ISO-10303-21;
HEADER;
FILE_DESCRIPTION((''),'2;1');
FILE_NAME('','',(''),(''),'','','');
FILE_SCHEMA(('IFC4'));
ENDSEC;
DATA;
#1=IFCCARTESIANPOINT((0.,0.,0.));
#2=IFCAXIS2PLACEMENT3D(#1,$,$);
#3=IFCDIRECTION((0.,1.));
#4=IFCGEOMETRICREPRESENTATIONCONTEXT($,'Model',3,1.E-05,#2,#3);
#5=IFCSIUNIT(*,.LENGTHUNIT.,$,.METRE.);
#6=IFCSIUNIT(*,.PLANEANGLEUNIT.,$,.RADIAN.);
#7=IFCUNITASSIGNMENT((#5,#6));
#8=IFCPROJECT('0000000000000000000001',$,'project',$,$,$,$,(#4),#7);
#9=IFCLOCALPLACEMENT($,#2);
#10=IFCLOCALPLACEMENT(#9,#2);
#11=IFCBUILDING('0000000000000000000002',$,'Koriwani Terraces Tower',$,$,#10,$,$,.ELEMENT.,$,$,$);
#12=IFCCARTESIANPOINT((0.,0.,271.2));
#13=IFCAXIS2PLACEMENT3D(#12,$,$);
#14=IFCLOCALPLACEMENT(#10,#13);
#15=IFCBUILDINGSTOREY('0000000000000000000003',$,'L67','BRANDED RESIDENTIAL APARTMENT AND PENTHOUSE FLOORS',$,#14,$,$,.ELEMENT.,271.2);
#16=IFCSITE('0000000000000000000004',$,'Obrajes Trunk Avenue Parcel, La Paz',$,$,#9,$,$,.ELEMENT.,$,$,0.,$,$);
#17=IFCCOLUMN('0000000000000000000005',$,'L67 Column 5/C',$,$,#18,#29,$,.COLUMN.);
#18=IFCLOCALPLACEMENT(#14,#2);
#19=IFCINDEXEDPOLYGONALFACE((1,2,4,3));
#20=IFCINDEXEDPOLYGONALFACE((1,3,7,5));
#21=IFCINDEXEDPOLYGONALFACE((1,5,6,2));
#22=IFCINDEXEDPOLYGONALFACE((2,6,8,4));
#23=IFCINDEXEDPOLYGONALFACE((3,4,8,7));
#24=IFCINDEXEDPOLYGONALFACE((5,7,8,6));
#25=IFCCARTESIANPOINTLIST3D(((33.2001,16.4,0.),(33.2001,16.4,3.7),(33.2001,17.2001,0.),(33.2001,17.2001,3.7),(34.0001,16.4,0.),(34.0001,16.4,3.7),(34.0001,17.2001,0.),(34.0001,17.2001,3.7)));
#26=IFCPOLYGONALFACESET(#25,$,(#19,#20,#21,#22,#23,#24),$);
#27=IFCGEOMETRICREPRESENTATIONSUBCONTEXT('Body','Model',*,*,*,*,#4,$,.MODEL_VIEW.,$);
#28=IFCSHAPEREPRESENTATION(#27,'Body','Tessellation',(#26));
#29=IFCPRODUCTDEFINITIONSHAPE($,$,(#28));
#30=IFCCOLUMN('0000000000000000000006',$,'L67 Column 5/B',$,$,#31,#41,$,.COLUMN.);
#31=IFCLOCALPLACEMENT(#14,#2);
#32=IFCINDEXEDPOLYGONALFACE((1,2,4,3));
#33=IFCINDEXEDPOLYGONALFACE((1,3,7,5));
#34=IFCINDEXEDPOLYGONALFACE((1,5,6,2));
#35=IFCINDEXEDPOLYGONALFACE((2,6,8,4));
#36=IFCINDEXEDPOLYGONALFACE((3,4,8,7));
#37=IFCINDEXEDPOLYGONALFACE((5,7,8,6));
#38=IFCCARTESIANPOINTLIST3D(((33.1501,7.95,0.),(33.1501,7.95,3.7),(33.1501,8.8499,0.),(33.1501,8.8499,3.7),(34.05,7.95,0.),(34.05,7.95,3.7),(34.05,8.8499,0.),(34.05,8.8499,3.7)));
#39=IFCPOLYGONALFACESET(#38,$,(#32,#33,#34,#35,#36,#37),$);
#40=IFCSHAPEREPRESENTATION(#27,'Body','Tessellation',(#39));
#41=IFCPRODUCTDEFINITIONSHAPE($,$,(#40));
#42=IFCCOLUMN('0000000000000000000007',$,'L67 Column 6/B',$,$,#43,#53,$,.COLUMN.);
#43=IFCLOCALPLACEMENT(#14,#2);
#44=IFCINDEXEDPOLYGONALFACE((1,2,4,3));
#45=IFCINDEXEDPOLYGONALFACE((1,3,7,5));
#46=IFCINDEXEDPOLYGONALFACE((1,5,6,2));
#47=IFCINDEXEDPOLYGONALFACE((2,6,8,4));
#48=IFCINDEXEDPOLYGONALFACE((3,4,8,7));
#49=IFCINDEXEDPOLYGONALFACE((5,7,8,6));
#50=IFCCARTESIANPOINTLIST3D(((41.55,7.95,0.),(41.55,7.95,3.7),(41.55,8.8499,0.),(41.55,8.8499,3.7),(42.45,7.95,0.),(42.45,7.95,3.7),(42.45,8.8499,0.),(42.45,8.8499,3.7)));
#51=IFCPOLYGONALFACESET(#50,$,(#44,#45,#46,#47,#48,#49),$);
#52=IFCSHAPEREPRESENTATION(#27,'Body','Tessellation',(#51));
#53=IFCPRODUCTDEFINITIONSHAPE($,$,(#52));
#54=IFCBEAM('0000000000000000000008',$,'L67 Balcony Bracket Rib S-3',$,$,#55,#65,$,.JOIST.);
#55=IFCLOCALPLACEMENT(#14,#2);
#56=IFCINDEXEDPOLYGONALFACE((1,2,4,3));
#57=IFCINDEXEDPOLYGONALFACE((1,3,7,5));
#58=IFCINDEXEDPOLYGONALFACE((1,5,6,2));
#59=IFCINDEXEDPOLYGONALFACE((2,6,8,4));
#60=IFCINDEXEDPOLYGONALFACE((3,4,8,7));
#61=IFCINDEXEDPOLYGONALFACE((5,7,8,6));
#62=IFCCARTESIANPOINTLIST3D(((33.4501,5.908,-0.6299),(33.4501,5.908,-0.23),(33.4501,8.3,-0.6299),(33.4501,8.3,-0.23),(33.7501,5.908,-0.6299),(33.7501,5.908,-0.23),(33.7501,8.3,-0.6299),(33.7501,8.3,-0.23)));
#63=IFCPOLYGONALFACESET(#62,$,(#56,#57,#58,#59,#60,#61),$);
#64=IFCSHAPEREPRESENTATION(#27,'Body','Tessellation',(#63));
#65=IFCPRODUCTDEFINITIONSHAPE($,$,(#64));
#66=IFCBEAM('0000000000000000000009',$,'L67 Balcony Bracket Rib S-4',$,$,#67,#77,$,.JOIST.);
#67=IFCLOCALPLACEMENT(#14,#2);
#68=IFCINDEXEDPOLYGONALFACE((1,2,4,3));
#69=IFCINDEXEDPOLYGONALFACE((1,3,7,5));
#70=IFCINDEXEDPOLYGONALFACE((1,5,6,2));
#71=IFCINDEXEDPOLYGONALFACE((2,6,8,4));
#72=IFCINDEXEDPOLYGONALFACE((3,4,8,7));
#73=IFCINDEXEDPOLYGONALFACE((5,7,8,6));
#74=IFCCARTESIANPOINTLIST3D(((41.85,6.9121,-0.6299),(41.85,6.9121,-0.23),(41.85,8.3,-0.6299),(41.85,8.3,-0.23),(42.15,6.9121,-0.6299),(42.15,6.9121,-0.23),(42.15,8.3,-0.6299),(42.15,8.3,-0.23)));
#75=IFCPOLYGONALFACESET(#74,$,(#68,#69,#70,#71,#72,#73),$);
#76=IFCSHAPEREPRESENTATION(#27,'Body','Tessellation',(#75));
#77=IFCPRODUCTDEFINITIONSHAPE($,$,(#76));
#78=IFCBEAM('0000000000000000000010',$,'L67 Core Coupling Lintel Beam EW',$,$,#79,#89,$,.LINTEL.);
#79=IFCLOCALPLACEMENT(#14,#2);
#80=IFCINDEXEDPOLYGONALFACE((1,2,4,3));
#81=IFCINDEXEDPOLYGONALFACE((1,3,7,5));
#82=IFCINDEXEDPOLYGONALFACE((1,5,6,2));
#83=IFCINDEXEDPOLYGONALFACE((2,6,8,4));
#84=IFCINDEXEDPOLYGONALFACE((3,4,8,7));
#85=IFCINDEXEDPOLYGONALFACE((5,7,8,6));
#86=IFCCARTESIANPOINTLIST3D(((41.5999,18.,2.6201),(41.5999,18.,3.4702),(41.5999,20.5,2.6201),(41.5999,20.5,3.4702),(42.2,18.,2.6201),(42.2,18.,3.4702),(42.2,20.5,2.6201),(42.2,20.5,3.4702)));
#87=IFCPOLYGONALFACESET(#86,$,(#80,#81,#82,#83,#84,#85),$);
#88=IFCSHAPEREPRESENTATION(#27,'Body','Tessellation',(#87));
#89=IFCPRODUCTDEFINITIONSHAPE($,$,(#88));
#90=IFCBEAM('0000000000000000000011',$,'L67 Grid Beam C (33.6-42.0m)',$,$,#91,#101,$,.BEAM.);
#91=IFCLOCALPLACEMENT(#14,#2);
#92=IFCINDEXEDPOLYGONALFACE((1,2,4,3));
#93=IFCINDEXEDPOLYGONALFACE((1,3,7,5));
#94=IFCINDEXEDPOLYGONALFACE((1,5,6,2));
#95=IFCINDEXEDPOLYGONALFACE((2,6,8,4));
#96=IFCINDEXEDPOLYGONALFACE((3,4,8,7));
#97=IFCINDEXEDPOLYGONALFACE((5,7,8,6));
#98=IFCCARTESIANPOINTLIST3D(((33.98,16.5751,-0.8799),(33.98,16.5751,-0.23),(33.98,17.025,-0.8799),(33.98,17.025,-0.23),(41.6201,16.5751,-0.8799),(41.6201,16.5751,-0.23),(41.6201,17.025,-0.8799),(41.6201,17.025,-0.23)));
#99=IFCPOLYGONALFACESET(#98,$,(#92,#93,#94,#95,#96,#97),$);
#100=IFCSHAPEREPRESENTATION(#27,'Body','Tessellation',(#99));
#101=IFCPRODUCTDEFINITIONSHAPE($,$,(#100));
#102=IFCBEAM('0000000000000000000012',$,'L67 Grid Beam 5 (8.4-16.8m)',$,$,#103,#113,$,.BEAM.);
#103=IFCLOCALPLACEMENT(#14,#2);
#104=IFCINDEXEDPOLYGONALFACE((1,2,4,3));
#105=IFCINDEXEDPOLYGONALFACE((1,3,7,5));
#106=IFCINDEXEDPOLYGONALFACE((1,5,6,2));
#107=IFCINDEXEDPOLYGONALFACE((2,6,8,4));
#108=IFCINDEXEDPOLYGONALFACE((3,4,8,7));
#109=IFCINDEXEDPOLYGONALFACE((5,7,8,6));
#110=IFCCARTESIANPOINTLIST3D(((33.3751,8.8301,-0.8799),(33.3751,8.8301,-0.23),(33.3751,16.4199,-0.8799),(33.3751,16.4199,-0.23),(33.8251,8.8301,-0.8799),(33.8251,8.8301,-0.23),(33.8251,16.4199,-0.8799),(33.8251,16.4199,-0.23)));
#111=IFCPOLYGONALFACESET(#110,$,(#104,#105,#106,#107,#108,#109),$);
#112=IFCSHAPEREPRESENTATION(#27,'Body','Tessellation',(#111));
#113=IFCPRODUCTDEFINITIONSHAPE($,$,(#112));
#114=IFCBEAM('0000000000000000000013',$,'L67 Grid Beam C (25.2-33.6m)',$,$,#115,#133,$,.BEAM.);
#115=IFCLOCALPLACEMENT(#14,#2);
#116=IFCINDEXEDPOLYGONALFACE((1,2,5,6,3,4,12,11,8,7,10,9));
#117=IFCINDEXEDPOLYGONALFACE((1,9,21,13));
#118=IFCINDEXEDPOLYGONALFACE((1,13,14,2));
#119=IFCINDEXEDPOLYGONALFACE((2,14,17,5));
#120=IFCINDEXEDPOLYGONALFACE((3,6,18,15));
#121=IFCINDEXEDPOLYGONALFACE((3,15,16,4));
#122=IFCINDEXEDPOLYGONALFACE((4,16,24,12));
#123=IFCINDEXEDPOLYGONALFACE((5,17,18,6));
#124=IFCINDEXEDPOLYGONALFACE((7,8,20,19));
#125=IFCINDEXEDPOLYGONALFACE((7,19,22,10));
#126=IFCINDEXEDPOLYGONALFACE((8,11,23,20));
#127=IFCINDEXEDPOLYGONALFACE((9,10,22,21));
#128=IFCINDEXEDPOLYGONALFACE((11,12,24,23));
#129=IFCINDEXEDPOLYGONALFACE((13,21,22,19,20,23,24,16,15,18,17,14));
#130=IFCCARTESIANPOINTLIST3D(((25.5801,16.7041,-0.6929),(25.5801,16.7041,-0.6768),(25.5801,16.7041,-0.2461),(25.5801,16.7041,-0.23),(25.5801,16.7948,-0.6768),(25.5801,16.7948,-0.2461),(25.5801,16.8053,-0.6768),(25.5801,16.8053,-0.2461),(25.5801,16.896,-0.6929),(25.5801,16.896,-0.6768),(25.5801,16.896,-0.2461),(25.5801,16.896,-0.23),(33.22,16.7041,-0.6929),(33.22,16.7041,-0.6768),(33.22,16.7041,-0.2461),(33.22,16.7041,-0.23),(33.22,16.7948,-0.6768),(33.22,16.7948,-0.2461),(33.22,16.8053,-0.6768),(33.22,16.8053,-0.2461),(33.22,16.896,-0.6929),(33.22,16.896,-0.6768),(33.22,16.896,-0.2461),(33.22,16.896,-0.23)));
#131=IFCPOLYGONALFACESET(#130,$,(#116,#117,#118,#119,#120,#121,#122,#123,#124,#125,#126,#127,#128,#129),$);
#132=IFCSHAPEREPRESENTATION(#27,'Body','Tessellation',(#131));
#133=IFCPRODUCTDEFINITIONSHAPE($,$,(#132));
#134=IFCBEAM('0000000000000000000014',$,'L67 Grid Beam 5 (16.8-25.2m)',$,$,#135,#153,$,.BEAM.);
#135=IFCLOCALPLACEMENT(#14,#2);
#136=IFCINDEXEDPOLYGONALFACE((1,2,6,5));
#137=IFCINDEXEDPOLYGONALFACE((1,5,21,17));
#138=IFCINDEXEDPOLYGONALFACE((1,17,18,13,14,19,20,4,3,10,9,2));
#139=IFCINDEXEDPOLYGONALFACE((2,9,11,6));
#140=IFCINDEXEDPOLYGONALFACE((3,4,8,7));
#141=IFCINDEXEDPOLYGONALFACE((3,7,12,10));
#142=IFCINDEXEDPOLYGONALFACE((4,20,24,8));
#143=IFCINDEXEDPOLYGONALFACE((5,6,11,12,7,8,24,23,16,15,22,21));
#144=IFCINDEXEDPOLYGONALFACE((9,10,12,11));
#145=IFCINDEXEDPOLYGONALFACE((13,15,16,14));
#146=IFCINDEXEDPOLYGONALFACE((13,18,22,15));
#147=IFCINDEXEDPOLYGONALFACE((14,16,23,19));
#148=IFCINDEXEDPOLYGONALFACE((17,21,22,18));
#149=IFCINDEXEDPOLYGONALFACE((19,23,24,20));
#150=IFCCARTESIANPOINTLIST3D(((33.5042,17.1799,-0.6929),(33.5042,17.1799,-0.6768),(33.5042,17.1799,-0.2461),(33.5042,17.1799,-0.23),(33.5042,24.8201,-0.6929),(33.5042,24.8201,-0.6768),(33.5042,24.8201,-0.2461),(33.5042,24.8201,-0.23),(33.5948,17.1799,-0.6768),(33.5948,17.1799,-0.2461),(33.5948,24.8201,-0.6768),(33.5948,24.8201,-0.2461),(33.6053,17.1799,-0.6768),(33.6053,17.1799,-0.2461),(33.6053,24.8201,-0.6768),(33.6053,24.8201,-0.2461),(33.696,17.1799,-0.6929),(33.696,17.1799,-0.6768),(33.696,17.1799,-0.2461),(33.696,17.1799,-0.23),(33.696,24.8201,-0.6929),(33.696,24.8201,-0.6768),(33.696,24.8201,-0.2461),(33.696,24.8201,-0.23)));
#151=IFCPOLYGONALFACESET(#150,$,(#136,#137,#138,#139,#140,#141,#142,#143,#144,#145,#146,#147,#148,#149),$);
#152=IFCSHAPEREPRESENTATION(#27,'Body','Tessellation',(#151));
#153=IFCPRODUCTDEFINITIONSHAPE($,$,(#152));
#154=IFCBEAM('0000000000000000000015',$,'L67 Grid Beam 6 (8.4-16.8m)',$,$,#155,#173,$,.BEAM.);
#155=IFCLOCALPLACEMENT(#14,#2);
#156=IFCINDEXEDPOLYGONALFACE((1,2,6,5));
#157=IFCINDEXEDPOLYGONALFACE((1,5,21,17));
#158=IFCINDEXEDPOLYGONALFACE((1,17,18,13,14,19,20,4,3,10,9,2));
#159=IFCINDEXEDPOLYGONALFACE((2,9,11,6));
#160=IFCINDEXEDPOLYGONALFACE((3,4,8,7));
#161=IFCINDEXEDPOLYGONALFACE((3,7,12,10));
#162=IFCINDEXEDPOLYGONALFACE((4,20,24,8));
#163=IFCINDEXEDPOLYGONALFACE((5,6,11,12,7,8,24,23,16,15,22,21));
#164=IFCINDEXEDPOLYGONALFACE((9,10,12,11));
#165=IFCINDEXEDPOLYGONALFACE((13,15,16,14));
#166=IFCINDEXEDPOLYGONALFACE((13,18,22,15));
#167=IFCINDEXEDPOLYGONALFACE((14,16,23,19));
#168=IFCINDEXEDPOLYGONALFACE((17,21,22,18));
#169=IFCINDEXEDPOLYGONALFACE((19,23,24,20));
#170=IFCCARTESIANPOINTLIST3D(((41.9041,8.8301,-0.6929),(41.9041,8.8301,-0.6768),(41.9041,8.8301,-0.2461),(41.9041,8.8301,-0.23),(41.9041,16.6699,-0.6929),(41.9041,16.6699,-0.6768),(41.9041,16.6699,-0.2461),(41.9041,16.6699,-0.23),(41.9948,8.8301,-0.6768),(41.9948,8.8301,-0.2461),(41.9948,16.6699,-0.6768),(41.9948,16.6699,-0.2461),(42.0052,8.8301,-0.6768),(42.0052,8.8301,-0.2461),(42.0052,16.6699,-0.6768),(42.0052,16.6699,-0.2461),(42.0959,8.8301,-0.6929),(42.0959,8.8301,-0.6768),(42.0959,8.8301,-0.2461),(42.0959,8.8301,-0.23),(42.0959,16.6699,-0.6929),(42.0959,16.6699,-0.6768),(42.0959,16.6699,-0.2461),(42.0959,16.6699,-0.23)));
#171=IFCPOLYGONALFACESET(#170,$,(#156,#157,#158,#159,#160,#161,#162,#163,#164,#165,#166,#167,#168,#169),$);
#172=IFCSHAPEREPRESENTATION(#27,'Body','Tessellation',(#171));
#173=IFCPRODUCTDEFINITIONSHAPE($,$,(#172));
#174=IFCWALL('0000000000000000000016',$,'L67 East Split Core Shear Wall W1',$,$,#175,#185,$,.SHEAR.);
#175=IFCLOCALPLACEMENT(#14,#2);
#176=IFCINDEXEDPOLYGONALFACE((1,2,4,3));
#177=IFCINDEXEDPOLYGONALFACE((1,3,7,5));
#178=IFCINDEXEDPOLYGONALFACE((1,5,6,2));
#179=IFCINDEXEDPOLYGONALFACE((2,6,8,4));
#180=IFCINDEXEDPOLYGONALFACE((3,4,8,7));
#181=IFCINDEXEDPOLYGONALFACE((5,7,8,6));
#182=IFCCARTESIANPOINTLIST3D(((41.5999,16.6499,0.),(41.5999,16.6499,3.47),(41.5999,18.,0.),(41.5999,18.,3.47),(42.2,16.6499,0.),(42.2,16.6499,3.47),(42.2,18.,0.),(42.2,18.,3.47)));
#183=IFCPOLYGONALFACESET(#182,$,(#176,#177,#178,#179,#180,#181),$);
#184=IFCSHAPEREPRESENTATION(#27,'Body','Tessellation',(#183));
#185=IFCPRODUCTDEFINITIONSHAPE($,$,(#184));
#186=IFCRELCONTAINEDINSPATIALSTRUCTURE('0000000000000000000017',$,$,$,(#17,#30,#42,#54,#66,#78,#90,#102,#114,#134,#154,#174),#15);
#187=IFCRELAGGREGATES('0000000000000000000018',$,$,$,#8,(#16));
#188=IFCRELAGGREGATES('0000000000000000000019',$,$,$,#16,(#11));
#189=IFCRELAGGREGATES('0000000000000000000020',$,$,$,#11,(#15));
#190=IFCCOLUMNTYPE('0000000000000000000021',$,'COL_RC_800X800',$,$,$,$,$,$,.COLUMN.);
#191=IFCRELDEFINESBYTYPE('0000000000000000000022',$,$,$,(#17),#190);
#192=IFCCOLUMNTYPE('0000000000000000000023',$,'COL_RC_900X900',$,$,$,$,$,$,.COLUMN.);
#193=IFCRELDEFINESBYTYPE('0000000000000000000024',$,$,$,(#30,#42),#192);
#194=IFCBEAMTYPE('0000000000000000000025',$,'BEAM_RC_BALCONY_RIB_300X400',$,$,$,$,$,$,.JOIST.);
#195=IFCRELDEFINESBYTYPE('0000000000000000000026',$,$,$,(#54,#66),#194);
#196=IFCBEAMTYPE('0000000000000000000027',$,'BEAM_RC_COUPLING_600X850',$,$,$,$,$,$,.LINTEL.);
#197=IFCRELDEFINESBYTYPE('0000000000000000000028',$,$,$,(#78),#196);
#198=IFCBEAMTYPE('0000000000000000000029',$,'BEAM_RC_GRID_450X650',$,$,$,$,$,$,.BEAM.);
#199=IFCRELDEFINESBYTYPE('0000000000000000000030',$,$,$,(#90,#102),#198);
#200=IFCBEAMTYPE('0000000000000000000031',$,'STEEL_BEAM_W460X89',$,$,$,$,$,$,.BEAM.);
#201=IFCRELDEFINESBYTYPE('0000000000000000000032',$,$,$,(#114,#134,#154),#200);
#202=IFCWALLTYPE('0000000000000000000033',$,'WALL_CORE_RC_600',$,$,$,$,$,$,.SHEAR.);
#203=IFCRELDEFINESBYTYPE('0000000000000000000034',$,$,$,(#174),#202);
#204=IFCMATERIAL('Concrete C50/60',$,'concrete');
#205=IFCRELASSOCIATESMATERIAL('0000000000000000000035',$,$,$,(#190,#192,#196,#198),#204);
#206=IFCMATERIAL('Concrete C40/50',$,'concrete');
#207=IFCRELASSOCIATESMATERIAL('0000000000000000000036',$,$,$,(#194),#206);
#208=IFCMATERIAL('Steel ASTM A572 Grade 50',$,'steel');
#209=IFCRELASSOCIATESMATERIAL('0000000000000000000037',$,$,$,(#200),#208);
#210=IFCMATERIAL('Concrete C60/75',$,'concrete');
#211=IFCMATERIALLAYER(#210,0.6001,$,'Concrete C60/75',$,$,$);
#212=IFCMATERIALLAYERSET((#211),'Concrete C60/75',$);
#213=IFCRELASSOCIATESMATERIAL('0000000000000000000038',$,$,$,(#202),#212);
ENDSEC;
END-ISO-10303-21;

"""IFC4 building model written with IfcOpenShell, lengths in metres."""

from ifc_helpers import new_model, si_unit, direction, frame, frame_2d, origin, origin_2d, place, context, subcontext, project, spatial, rectangle, i_section, extrude, material, layer, layer_set, material_profile, profile_set, type_object, element, save


model = new_model("IFC4")

# Units and contexts
model_context = context("Model", 3, precision=1e-05, world=origin(), true_north=direction((0.0, 1.0)))
body_context = subcontext(model_context, "Body", "Model", "MODEL_VIEW")
ifc_project = project(units=[si_unit("LENGTHUNIT", "METRE"), si_unit("PLANEANGLEUNIT", "RADIAN")], contexts=[model_context])

# Site, building, storey
site_placement = place(None, origin())
site = spatial("IfcSite", under=ifc_project, at=site_placement, Name="Obrajes Trunk Avenue Parcel, La Paz", CompositionType="ELEMENT", RefElevation=0.0)
building_placement = place(site_placement, origin())
building = spatial("IfcBuilding", under=site, at=building_placement, Name="Koriwani Terraces Tower", CompositionType="ELEMENT")
storey_placement = place(building_placement, frame((0.0, 0.0, 271.2)))
storey = spatial("IfcBuildingStorey", under=building, at=storey_placement, Name="L67", Description="BRANDED RESIDENTIAL APARTMENT AND PENTHOUSE FLOORS", CompositionType="ELEMENT", Elevation=271.2)

# Columns
ifc_material_1 = material(Name="Concrete C50/60", Category="concrete")
ifc_material_profile_1 = material_profile(ifc_material_1, rectangle(XDim=0.8, YDim=0.8, at=origin_2d()), Name="Concrete C50/60", Category="LoadBearing")
ifc_profile_set_1 = profile_set([ifc_material_profile_1], Name="Concrete C50/60")
column_type_1 = type_object("IfcColumnType", Name="COL_RC_800X800", PredefinedType="COLUMN", material=ifc_profile_set_1)
column_placement = place(storey_placement, frame((33.6001, 16.8, 0.0), z_axis=(0.0, 0.0, 1.0), x_axis=(1.0, 0.0, 0.0)))
element("IfcColumn", 1, at=column_placement, inside=storey, type_object=column_type_1, Name="L67 Column 5/C", PredefinedType="COLUMN", context=body_context, shape_type="SweptSolid", body=[
    extrude(rectangle(XDim=0.8, YDim=0.8, at=origin_2d()), origin(), (0.0, 0.0, 1.0), 3.7),
])
ifc_material_profile_2 = material_profile(ifc_material_1, rectangle(XDim=0.8999, YDim=0.8999, at=origin_2d()), Name="Concrete C50/60", Category="LoadBearing")
ifc_profile_set_2 = profile_set([ifc_material_profile_2], Name="Concrete C50/60")
column_type_2 = type_object("IfcColumnType", Name="COL_RC_900X900", PredefinedType="COLUMN", material=ifc_profile_set_2)
for number, where, z_axis, x_axis, name in (
    (2, (33.6001, 8.3999, 0.0), (0.0, 0.0, 1.0), (1.0, 0.0, 0.0), "L67 Column 5/B"),
    (3, (42.0, 8.3999, 0.0), (0.0, 0.0, 1.0), (1.0, 0.0, 0.0), "L67 Column 6/B"),
):
    element("IfcColumn", number, at=place(storey_placement, frame(where, z_axis=z_axis, x_axis=x_axis)), inside=storey, type_object=column_type_2, Name=name, PredefinedType="COLUMN", context=body_context, shape_type="SweptSolid", body=[
        extrude(rectangle(XDim=0.8999, YDim=0.8999, at=origin_2d()), origin(), (0.0, 0.0, 1.0), 3.7),
    ])

# Beams
ifc_material_2 = material(Name="Concrete C40/50", Category="concrete")
ifc_material_profile_3 = material_profile(ifc_material_2, rectangle(XDim=0.3, YDim=0.3999, at=origin_2d()), Name="Concrete C40/50", Category="LoadBearing")
ifc_profile_set_3 = profile_set([ifc_material_profile_3], Name="Concrete C40/50")
beam_type_1 = type_object("IfcBeamType", Name="BEAM_RC_BALCONY_RIB_300X400", PredefinedType="JOIST", material=ifc_profile_set_3)
beam_1_placement = place(storey_placement, frame((33.6001, 5.908, -0.4299), z_axis=(0.0, 1.0, 0.0), x_axis=(-1.0, 0.0, 0.0)))
element("IfcBeam", 4, at=beam_1_placement, inside=storey, type_object=beam_type_1, Name="L67 Balcony Bracket Rib S-3", PredefinedType="JOIST", context=body_context, shape_type="SweptSolid", body=[
    extrude(rectangle(XDim=0.3, YDim=0.3999, at=origin_2d()), origin(), (0.0, 0.0, 1.0), 2.3921),
])
beam_2_placement = place(storey_placement, frame((42.0, 6.9121, -0.4299), z_axis=(0.0, 1.0, 0.0), x_axis=(-1.0, 0.0, 0.0)))
element("IfcBeam", 5, at=beam_2_placement, inside=storey, type_object=beam_type_1, Name="L67 Balcony Bracket Rib S-4", PredefinedType="JOIST", context=body_context, shape_type="SweptSolid", body=[
    extrude(rectangle(XDim=0.3, YDim=0.3999, at=origin_2d()), origin(), (0.0, 0.0, 1.0), 1.3879),
])
ifc_material_profile_4 = material_profile(ifc_material_1, rectangle(XDim=0.6001, YDim=0.8501, at=origin_2d()), Name="Concrete C50/60", Category="LoadBearing")
ifc_profile_set_4 = profile_set([ifc_material_profile_4], Name="Concrete C50/60")
beam_type_2 = type_object("IfcBeamType", Name="BEAM_RC_COUPLING_600X850", PredefinedType="LINTEL", material=ifc_profile_set_4)
beam_3_placement = place(storey_placement, frame((41.8999, 18.0, 3.0452), z_axis=(0.0, 1.0, 0.0), x_axis=(-1.0, 0.0, 0.0)))
element("IfcBeam", 6, at=beam_3_placement, inside=storey, type_object=beam_type_2, Name="L67 Core Coupling Lintel Beam EW", PredefinedType="LINTEL", context=body_context, shape_type="SweptSolid", body=[
    extrude(rectangle(XDim=0.6001, YDim=0.8501, at=origin_2d()), origin(), (0.0, 0.0, 1.0), 2.5),
])
ifc_material_profile_5 = material_profile(ifc_material_1, rectangle(XDim=0.45, YDim=0.6499, at=origin_2d()), Name="Concrete C50/60", Category="LoadBearing")
ifc_profile_set_5 = profile_set([ifc_material_profile_5], Name="Concrete C50/60")
beam_type_3 = type_object("IfcBeamType", Name="BEAM_RC_GRID_450X650", PredefinedType="BEAM", material=ifc_profile_set_5)
beam_4_placement = place(storey_placement, frame((33.98, 16.8, -0.5549), z_axis=(1.0, 0.0, 0.0), x_axis=(0.0, 1.0, 0.0)))
element("IfcBeam", 7, at=beam_4_placement, inside=storey, type_object=beam_type_3, Name="L67 Grid Beam C (33.6-42.0m)", PredefinedType="BEAM", context=body_context, shape_type="SweptSolid", body=[
    extrude(rectangle(XDim=0.45, YDim=0.6499, at=origin_2d()), origin(), (0.0, 0.0, 1.0), 7.6401),
])
beam_5_placement = place(storey_placement, frame((33.6001, 8.8301, -0.5549), z_axis=(0.0, 1.0, 0.0), x_axis=(-1.0, 0.0, 0.0)))
element("IfcBeam", 8, at=beam_5_placement, inside=storey, type_object=beam_type_3, Name="L67 Grid Beam 5 (8.4-16.8m)", PredefinedType="BEAM", context=body_context, shape_type="SweptSolid", body=[
    extrude(rectangle(XDim=0.45, YDim=0.6499, at=origin_2d()), origin(), (0.0, 0.0, 1.0), 7.5898),
])
ifc_material_3 = material(Name="Steel ASTM A572 Grade 50", Category="steel")
ifc_material_profile_6 = material_profile(ifc_material_3, i_section(OverallWidth=0.1919, OverallDepth=0.4629, WebThickness=0.0105, FlangeThickness=0.0161, at=origin_2d()), Name="Steel ASTM A572 Grade 50", Category="LoadBearing")
ifc_profile_set_6 = profile_set([ifc_material_profile_6], Name="Steel ASTM A572 Grade 50")
beam_type_4 = type_object("IfcBeamType", Name="STEEL_BEAM_W460X89", PredefinedType="BEAM", material=ifc_profile_set_6)
beam_6_placement = place(storey_placement, frame((25.5801, 16.8, -0.4614), z_axis=(1.0, 0.0, 0.0), x_axis=(0.0, 1.0, 0.0)))
element("IfcBeam", 9, at=beam_6_placement, inside=storey, type_object=beam_type_4, Name="L67 Grid Beam C (25.2-33.6m)", PredefinedType="BEAM", context=body_context, shape_type="SweptSolid", body=[
    extrude(i_section(OverallWidth=0.1919, OverallDepth=0.4629, WebThickness=0.0105, FlangeThickness=0.0161, at=origin_2d()), origin(), (0.0, 0.0, 1.0), 7.6399),
])
beam_7_placement = place(storey_placement, frame((33.6001, 17.1799, -0.4614), z_axis=(0.0, 1.0, 0.0), x_axis=(-1.0, 0.0, 0.0)))
element("IfcBeam", 10, at=beam_7_placement, inside=storey, type_object=beam_type_4, Name="L67 Grid Beam 5 (16.8-25.2m)", PredefinedType="BEAM", context=body_context, shape_type="SweptSolid", body=[
    extrude(i_section(OverallWidth=0.1919, OverallDepth=0.4629, WebThickness=0.0105, FlangeThickness=0.0161, at=origin_2d()), origin(), (0.0, 0.0, 1.0), 7.6401),
])
beam_8_placement = place(storey_placement, frame((42.0, 8.8301, -0.4614), z_axis=(0.0, 1.0, 0.0), x_axis=(-1.0, 0.0, 0.0)))
element("IfcBeam", 11, at=beam_8_placement, inside=storey, type_object=beam_type_4, Name="L67 Grid Beam 6 (8.4-16.8m)", PredefinedType="BEAM", context=body_context, shape_type="SweptSolid", body=[
    extrude(i_section(OverallWidth=0.1919, OverallDepth=0.4629, WebThickness=0.0105, FlangeThickness=0.0161, at=origin_2d()), origin(), (0.0, 0.0, 1.0), 7.8398),
])

# Wall
ifc_material_4 = material(Name="Concrete C60/75", Category="concrete")
ifc_layer_1 = layer(ifc_material_4, 0.6001, Name="Concrete C60/75")
ifc_layer_set_1 = layer_set([ifc_layer_1], Name="Concrete C60/75")
wall_type_1 = type_object("IfcWallType", Name="WALL_CORE_RC_600", PredefinedType="SHEAR", material=ifc_layer_set_1)
wall_1_placement = place(storey_placement, frame((41.8999, 16.6499, 0.0), z_axis=(0.0, 0.0, 1.0), x_axis=(0.0, 1.0, 0.0)))
element("IfcWall", 12, at=wall_1_placement, inside=storey, type_object=wall_type_1, Name="L67 East Split Core Shear Wall W1", PredefinedType="SHEAR", context=body_context, shape_type="SweptSolid", body=[
    extrude(rectangle(XDim=1.3501, YDim=0.6001, at=frame_2d((0.675, 0.0))), origin(), (0.0, 0.0, 1.0), 3.47),
])

save(model, "model.ifc")
